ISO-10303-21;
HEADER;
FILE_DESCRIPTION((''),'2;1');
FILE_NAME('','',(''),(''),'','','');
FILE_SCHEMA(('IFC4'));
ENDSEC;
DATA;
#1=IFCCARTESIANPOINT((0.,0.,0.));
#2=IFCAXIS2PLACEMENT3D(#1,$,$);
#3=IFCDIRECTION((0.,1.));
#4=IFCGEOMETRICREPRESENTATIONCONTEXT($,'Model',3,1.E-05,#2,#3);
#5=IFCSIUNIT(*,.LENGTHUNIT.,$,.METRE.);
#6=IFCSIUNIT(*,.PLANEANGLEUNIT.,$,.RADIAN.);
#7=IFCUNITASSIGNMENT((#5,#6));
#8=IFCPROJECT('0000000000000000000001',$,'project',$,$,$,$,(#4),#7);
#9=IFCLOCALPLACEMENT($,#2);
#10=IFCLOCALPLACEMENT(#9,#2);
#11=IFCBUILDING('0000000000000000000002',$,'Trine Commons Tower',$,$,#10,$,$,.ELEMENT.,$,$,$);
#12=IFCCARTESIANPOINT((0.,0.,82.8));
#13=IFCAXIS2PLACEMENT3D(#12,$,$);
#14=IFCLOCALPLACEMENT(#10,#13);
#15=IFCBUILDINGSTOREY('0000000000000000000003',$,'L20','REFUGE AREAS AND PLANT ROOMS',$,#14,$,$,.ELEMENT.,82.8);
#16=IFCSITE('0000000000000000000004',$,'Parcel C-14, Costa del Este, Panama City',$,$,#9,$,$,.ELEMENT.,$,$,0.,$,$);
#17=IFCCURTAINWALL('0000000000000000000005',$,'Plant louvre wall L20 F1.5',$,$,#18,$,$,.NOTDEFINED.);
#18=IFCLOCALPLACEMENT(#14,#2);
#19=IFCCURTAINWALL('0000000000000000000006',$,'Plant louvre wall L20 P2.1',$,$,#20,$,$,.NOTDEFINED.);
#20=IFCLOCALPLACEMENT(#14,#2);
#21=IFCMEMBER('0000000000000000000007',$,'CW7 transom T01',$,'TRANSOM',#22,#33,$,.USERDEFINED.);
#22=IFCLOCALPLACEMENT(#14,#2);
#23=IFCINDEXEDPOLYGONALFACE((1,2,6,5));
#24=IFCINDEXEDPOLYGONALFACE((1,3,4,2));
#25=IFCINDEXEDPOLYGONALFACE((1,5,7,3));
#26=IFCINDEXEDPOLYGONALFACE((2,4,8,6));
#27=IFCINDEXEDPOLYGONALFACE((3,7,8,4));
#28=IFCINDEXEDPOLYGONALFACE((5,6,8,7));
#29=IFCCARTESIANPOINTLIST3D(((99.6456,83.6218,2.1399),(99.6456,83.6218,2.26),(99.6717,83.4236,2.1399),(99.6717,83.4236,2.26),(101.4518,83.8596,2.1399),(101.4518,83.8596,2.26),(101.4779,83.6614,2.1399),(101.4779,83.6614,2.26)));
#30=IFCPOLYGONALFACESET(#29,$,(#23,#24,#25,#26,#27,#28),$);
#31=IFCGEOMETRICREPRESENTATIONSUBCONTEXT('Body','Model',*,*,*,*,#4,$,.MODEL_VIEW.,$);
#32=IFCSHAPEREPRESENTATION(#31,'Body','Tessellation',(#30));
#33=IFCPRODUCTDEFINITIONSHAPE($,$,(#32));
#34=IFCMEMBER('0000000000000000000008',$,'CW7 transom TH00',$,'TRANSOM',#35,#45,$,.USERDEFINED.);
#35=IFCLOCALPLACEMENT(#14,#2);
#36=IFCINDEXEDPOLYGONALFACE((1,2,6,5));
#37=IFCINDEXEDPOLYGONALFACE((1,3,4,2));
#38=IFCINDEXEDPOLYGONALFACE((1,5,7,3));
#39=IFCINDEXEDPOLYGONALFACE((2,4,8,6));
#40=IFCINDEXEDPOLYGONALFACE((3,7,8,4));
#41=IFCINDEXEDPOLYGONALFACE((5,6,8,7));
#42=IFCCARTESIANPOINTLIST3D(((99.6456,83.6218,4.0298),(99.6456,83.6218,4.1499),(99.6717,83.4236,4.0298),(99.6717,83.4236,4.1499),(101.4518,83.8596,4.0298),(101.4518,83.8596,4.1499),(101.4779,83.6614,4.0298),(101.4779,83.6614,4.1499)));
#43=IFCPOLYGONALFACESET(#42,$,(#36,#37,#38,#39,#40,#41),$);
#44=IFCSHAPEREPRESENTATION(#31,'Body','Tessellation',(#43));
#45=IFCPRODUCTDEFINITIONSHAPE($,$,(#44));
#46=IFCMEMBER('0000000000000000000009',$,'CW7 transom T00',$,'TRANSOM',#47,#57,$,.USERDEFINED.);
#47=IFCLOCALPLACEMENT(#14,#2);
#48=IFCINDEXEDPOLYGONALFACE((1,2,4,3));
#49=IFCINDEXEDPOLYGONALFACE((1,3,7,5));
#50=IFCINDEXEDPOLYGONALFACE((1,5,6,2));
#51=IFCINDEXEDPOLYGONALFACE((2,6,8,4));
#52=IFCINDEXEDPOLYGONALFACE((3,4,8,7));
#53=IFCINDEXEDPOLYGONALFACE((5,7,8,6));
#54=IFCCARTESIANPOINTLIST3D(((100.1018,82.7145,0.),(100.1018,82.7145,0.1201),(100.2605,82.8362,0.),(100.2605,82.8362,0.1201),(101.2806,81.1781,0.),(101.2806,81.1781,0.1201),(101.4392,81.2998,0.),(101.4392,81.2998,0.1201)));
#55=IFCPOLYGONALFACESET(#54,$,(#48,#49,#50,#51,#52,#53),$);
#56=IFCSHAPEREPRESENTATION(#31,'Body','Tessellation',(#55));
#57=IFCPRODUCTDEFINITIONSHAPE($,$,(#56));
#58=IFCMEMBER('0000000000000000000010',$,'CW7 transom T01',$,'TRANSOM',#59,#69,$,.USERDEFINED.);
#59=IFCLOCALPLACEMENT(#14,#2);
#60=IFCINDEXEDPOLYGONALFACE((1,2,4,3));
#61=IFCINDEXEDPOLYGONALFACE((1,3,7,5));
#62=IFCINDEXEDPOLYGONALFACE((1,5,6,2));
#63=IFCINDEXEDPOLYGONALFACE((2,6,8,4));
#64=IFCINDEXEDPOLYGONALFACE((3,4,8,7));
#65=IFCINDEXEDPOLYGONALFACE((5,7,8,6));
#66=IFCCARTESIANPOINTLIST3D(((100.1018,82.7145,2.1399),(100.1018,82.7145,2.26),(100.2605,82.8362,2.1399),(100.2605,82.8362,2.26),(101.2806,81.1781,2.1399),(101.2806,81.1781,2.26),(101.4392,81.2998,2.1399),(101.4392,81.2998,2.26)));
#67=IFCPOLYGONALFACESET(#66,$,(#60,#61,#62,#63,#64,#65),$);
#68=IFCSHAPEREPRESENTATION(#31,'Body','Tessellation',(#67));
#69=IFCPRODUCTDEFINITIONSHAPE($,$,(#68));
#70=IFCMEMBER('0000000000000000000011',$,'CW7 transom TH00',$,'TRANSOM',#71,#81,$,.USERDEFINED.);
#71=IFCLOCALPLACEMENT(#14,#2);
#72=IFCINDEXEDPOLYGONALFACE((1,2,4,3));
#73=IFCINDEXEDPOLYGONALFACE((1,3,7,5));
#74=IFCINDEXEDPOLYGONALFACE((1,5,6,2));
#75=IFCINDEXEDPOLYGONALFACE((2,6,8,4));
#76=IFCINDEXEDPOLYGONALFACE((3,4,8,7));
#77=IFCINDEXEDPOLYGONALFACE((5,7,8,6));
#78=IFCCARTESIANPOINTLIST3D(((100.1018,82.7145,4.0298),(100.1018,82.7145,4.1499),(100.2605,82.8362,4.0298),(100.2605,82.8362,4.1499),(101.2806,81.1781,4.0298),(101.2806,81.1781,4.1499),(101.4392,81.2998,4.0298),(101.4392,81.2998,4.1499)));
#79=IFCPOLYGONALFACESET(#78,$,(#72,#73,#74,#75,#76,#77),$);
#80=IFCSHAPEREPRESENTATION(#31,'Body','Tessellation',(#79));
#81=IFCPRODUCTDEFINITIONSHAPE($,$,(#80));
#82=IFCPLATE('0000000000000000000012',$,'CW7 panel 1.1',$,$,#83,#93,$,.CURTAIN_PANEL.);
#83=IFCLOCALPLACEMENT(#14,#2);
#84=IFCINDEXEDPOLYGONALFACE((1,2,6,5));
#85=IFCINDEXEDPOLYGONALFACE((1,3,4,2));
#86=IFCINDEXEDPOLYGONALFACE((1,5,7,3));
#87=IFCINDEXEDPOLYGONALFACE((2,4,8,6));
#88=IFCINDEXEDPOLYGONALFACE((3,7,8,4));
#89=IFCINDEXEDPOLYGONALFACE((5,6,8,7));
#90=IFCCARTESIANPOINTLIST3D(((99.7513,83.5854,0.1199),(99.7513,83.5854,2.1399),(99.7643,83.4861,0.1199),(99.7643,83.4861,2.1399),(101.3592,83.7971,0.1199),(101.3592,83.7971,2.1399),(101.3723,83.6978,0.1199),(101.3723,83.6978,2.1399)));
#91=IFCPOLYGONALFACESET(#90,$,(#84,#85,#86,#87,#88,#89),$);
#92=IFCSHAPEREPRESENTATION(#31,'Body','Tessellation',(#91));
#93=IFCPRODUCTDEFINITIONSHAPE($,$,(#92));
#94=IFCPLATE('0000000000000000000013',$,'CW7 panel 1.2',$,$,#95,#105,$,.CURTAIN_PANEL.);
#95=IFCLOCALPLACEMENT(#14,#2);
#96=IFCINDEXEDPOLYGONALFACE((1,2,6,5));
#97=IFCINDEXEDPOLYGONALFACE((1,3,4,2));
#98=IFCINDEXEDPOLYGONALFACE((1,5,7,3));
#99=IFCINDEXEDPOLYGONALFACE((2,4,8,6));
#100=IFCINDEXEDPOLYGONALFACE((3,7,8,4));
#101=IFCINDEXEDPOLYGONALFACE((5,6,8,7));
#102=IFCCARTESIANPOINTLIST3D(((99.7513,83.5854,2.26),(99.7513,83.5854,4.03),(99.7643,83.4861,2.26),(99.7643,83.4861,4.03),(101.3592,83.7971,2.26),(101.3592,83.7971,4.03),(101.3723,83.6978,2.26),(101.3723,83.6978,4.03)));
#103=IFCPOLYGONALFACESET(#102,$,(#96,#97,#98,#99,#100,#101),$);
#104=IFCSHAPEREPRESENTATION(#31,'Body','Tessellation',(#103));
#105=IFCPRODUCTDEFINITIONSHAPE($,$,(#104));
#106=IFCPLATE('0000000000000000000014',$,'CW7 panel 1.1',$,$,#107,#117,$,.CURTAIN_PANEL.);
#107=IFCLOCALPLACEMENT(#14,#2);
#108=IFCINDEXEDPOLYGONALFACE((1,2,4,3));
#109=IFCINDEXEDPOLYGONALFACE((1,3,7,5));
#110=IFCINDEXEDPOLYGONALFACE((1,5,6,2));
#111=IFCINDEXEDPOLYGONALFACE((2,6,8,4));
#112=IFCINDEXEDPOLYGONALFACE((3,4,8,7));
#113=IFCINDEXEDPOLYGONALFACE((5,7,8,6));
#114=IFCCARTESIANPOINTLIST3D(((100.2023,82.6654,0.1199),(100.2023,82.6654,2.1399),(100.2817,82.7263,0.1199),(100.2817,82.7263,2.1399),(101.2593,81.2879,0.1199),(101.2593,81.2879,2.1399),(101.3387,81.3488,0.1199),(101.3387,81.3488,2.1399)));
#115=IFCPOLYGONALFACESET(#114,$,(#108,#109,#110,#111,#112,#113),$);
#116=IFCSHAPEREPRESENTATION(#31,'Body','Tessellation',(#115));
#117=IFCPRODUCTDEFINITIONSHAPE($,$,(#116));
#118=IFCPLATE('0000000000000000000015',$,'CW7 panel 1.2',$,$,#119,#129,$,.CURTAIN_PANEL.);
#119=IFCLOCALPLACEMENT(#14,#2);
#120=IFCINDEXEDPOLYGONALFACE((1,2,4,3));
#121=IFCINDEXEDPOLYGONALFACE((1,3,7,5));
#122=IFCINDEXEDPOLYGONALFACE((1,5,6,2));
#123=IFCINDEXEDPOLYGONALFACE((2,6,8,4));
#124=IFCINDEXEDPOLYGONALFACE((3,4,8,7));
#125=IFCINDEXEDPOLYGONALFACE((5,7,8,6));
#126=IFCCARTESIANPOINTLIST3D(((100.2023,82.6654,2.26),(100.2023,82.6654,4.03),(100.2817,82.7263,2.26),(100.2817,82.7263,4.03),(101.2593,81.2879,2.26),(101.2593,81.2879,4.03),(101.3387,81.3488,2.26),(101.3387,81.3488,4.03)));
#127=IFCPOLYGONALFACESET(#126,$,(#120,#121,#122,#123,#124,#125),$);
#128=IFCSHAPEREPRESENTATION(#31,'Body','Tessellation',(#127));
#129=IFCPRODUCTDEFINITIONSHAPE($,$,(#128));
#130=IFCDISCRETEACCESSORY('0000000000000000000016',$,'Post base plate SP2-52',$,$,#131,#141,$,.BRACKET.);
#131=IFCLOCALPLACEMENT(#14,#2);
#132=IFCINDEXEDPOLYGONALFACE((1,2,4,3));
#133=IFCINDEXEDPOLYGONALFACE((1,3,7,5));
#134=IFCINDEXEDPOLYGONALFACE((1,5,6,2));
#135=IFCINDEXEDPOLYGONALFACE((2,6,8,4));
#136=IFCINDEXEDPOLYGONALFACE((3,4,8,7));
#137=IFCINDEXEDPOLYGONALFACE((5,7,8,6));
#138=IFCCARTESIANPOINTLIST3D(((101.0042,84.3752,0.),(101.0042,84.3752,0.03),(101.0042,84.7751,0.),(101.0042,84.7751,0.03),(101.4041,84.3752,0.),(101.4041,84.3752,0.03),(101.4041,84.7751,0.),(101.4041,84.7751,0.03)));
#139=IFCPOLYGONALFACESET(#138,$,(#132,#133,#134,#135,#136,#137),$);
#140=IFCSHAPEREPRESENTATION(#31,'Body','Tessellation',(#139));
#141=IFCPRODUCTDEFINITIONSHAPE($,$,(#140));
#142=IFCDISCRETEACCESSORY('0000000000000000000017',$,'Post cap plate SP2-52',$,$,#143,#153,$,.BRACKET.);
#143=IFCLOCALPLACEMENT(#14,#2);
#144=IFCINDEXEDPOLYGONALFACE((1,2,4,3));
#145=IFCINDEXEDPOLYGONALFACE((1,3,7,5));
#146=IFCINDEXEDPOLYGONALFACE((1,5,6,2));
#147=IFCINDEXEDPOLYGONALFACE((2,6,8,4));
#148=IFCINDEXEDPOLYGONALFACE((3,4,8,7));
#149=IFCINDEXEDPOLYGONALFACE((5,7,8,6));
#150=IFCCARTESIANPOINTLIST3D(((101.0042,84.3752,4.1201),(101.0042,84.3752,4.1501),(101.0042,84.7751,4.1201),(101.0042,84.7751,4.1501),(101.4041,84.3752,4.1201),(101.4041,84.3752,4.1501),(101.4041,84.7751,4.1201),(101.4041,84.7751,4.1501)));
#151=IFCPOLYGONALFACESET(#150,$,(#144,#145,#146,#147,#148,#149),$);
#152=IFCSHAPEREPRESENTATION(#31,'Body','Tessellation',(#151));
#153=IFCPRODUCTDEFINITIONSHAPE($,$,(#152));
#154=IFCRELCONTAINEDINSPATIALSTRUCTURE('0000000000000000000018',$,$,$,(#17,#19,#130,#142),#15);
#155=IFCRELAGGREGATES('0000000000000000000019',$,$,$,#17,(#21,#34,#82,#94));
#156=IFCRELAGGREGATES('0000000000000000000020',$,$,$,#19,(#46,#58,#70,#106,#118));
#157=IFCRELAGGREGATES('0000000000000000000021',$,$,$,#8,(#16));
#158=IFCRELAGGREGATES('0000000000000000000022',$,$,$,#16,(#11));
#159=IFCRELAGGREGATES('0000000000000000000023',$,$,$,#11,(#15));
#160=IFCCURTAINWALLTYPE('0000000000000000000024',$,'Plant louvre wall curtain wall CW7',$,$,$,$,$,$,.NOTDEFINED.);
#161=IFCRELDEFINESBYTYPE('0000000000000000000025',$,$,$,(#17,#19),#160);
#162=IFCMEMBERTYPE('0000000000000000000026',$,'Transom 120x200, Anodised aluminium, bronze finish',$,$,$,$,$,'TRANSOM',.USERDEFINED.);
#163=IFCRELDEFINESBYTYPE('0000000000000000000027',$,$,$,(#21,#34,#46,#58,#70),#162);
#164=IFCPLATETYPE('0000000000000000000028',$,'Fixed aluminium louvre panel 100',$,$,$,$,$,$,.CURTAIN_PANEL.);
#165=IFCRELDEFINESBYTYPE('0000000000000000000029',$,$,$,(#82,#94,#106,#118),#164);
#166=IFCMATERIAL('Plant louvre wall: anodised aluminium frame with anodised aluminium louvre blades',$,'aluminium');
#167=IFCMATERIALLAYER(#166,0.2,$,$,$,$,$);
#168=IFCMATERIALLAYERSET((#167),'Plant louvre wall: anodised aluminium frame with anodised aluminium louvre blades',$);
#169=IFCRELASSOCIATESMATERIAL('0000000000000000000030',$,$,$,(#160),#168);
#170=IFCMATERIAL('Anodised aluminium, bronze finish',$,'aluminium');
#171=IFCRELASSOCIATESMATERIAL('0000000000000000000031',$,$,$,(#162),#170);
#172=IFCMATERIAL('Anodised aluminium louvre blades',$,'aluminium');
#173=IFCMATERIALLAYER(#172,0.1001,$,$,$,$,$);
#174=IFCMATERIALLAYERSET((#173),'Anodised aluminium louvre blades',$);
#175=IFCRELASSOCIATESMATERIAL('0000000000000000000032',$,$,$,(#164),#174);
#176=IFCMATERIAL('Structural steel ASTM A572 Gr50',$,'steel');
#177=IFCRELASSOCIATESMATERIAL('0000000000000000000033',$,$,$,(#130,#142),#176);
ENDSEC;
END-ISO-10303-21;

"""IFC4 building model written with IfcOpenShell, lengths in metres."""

from ifc_helpers import new_model, si_unit, direction, frame, origin, origin_2d, place, context, subcontext, project, spatial, rectangle, extrude, material, layer, layer_set, material_profile, profile_set, type_object, element, aggregate, save


model = new_model("IFC4")

# Units and contexts
model_context = context("Model", 3, precision=1e-05, world=origin(), true_north=direction((0.0, 1.0)))
body_context = subcontext(model_context, "Body", "Model", "MODEL_VIEW")
ifc_project = project(units=[si_unit("LENGTHUNIT", "METRE"), si_unit("PLANEANGLEUNIT", "RADIAN")], contexts=[model_context])

# Site, building, storey
site_placement = place(None, origin())
site = spatial("IfcSite", under=ifc_project, at=site_placement, Name="Parcel C-14, Costa del Este, Panama City", CompositionType="ELEMENT", RefElevation=0.0)
building_placement = place(site_placement, origin())
building = spatial("IfcBuilding", under=site, at=building_placement, Name="Trine Commons Tower", CompositionType="ELEMENT")
storey_placement = place(building_placement, frame((0.0, 0.0, 82.8)))
storey = spatial("IfcBuildingStorey", under=building, at=storey_placement, Name="L20", Description="REFUGE AREAS AND PLANT ROOMS", CompositionType="ELEMENT", Elevation=82.8)

# Curtain walls
ifc_material_1 = material(Name="Plant louvre wall: anodised aluminium frame with anodised aluminium louvre blades", Category="aluminium")
ifc_layer_1 = layer(ifc_material_1, 0.2)
ifc_layer_set_1 = layer_set([ifc_layer_1], Name="Plant louvre wall: anodised aluminium frame with anodised aluminium louvre blades")
curtain_wall_type = type_object("IfcCurtainWallType", Name="Plant louvre wall curtain wall CW7", PredefinedType="NOTDEFINED", material=ifc_layer_set_1)
curtain_wall_1_placement = place(storey_placement, origin())
curtain_wall_1 = element("IfcCurtainWall", 1, at=curtain_wall_1_placement, inside=storey, type_object=curtain_wall_type, Name="Plant louvre wall L20 F1.5", PredefinedType="NOTDEFINED")
ifc_material_2 = material(Name="Anodised aluminium, bronze finish", Category="aluminium")
curtain_wall_2_placement = place(storey_placement, origin())
curtain_wall_2 = element("IfcCurtainWall", 2, at=curtain_wall_2_placement, inside=storey, type_object=curtain_wall_type, Name="Plant louvre wall L20 P2.1", PredefinedType="NOTDEFINED")

# Members
ifc_material_profile_1 = material_profile(ifc_material_2, rectangle(XDim=0.2, YDim=0.1201, at=origin_2d()), Name="Transom 120x200")
ifc_profile_set_1 = profile_set([ifc_material_profile_1], Name="Anodised aluminium, bronze finish")
member_type_1 = type_object("IfcMemberType", Name="Transom 120x200, Anodised aluminium, bronze finish", ElementType="TRANSOM", PredefinedType="USERDEFINED", material=ifc_profile_set_1)
member_1_placement = place(storey_placement, frame((99.6587, 83.5227, 2.2), z_axis=(0.991444, 0.130531, 0.0), x_axis=(-0.130531, 0.991444, 0.0)))
member_1 = element("IfcMember", 3, at=member_1_placement, type_object=member_type_1, Name="CW7 transom T01", ObjectType="TRANSOM", PredefinedType="USERDEFINED", context=body_context, shape_type="SweptSolid", body=[
    extrude(rectangle(XDim=0.2, YDim=0.1201, at=origin_2d()), origin(), (0.0, 0.0, 1.0), 1.8218),
])
member_2_placement = place(storey_placement, frame((99.6587, 83.5227, 4.0898), z_axis=(0.991444, 0.130531, 0.0), x_axis=(-0.130531, 0.991444, 0.0)))
member_2 = element("IfcMember", 4, at=member_2_placement, type_object=member_type_1, Name="CW7 transom TH00", ObjectType="TRANSOM", PredefinedType="USERDEFINED", context=body_context, shape_type="SweptSolid", body=[
    extrude(rectangle(XDim=0.2, YDim=0.1201, at=origin_2d()), origin(), (0.0, 0.0, 1.0), 1.8218),
])
member_3_placement = place(storey_placement, frame((100.1812, 82.7754, 0.0601), z_axis=(0.608699, -0.793401, 0.0), x_axis=(0.793401, 0.608699, 0.0)))
member_3 = element("IfcMember", 5, at=member_3_placement, type_object=member_type_1, Name="CW7 transom T00", ObjectType="TRANSOM", PredefinedType="USERDEFINED", context=body_context, shape_type="SweptSolid", body=[
    extrude(rectangle(XDim=0.2, YDim=0.1201, at=origin_2d()), origin(), (0.0, 0.0, 1.0), 1.9365),
])
member_4_placement = place(storey_placement, frame((100.1812, 82.7754, 2.2), z_axis=(0.608699, -0.793401, 0.0), x_axis=(0.793401, 0.608699, 0.0)))
member_4 = element("IfcMember", 6, at=member_4_placement, type_object=member_type_1, Name="CW7 transom T01", ObjectType="TRANSOM", PredefinedType="USERDEFINED", context=body_context, shape_type="SweptSolid", body=[
    extrude(rectangle(XDim=0.2, YDim=0.1201, at=origin_2d()), origin(), (0.0, 0.0, 1.0), 1.9365),
])
member_5_placement = place(storey_placement, frame((100.1812, 82.7754, 4.0898), z_axis=(0.608699, -0.793401, 0.0), x_axis=(0.793401, 0.608699, 0.0)))
member_5 = element("IfcMember", 7, at=member_5_placement, type_object=member_type_1, Name="CW7 transom TH00", ObjectType="TRANSOM", PredefinedType="USERDEFINED", context=body_context, shape_type="SweptSolid", body=[
    extrude(rectangle(XDim=0.2, YDim=0.1201, at=origin_2d()), origin(), (0.0, 0.0, 1.0), 1.9365),
])

# Plates
ifc_material_3 = material(Name="Anodised aluminium louvre blades", Category="aluminium")
ifc_layer_2 = layer(ifc_material_3, 0.1001)
ifc_layer_set_2 = layer_set([ifc_layer_2], Name="Anodised aluminium louvre blades")
plate_type = type_object("IfcPlateType", Name="Fixed aluminium louvre panel 100", PredefinedType="CURTAIN_PANEL", material=ifc_layer_set_2)
plate_1_placement = place(storey_placement, frame((100.5618, 83.6416, 0.1199), z_axis=(0.0, 0.0, 1.0), x_axis=(0.991445, 0.130526, 0.0)))
plate_1 = element("IfcPlate", 8, at=plate_1_placement, type_object=plate_type, Name="CW7 panel 1.1", PredefinedType="CURTAIN_PANEL", context=body_context, shape_type="SweptSolid", body=[
    extrude(rectangle(XDim=1.6218, YDim=0.1001, at=origin_2d()), origin(), (0.0, 0.0, 1.0), 2.02),
])
plate_2_placement = place(storey_placement, frame((100.5618, 83.6416, 2.26), z_axis=(0.0, 0.0, 1.0), x_axis=(0.991445, 0.130526, 0.0)))
plate_2 = element("IfcPlate", 9, at=plate_2_placement, type_object=plate_type, Name="CW7 panel 1.2", PredefinedType="CURTAIN_PANEL", context=body_context, shape_type="SweptSolid", body=[
    extrude(rectangle(XDim=1.6218, YDim=0.1001, at=origin_2d()), origin(), (0.0, 0.0, 1.0), 1.77),
])
aggregate(curtain_wall_1, [member_1, member_2, plate_1, plate_2])
plate_3_placement = place(storey_placement, frame((100.7705, 82.0071, 0.1199), z_axis=(0.0, 0.0, 1.0), x_axis=(0.608761, -0.793353, 0.0)))
plate_3 = element("IfcPlate", 10, at=plate_3_placement, type_object=plate_type, Name="CW7 panel 1.1", PredefinedType="CURTAIN_PANEL", context=body_context, shape_type="SweptSolid", body=[
    extrude(rectangle(XDim=1.7363, YDim=0.1001, at=origin_2d()), origin(), (0.0, 0.0, 1.0), 2.02),
])
plate_4_placement = place(storey_placement, frame((100.7705, 82.0071, 2.26), z_axis=(0.0, 0.0, 1.0), x_axis=(0.608761, -0.793353, 0.0)))
plate_4 = element("IfcPlate", 11, at=plate_4_placement, type_object=plate_type, Name="CW7 panel 1.2", PredefinedType="CURTAIN_PANEL", context=body_context, shape_type="SweptSolid", body=[
    extrude(rectangle(XDim=1.7363, YDim=0.1001, at=origin_2d()), origin(), (0.0, 0.0, 1.0), 1.77),
])
aggregate(curtain_wall_2, [member_3, member_4, member_5, plate_3, plate_4])

# Discrete accessories
ifc_material_4 = material(Name="Structural steel ASTM A572 Gr50", Category="steel")
for number, where, z_axis, x_axis, name in (
    (12, (101.2041, 84.5752, 0.0), (0.0, 0.0, 1.0), (1.0, 0.0, 0.0), "Post base plate SP2-52"),
    (13, (101.2041, 84.5752, 4.1201), (0.0, 0.0, 1.0), (1.0, 0.0, 0.0), "Post cap plate SP2-52"),
):
    element("IfcDiscreteAccessory", number, at=place(storey_placement, frame(where, z_axis=z_axis, x_axis=x_axis)), inside=storey, material=ifc_material_4, Name=name, PredefinedType="BRACKET", context=body_context, shape_type="SweptSolid", body=[
        extrude(rectangle(XDim=0.3999, YDim=0.3999, at=origin_2d()), origin(), (0.0, 0.0, 1.0), 0.03),
    ])

save(model, "model.ifc")
